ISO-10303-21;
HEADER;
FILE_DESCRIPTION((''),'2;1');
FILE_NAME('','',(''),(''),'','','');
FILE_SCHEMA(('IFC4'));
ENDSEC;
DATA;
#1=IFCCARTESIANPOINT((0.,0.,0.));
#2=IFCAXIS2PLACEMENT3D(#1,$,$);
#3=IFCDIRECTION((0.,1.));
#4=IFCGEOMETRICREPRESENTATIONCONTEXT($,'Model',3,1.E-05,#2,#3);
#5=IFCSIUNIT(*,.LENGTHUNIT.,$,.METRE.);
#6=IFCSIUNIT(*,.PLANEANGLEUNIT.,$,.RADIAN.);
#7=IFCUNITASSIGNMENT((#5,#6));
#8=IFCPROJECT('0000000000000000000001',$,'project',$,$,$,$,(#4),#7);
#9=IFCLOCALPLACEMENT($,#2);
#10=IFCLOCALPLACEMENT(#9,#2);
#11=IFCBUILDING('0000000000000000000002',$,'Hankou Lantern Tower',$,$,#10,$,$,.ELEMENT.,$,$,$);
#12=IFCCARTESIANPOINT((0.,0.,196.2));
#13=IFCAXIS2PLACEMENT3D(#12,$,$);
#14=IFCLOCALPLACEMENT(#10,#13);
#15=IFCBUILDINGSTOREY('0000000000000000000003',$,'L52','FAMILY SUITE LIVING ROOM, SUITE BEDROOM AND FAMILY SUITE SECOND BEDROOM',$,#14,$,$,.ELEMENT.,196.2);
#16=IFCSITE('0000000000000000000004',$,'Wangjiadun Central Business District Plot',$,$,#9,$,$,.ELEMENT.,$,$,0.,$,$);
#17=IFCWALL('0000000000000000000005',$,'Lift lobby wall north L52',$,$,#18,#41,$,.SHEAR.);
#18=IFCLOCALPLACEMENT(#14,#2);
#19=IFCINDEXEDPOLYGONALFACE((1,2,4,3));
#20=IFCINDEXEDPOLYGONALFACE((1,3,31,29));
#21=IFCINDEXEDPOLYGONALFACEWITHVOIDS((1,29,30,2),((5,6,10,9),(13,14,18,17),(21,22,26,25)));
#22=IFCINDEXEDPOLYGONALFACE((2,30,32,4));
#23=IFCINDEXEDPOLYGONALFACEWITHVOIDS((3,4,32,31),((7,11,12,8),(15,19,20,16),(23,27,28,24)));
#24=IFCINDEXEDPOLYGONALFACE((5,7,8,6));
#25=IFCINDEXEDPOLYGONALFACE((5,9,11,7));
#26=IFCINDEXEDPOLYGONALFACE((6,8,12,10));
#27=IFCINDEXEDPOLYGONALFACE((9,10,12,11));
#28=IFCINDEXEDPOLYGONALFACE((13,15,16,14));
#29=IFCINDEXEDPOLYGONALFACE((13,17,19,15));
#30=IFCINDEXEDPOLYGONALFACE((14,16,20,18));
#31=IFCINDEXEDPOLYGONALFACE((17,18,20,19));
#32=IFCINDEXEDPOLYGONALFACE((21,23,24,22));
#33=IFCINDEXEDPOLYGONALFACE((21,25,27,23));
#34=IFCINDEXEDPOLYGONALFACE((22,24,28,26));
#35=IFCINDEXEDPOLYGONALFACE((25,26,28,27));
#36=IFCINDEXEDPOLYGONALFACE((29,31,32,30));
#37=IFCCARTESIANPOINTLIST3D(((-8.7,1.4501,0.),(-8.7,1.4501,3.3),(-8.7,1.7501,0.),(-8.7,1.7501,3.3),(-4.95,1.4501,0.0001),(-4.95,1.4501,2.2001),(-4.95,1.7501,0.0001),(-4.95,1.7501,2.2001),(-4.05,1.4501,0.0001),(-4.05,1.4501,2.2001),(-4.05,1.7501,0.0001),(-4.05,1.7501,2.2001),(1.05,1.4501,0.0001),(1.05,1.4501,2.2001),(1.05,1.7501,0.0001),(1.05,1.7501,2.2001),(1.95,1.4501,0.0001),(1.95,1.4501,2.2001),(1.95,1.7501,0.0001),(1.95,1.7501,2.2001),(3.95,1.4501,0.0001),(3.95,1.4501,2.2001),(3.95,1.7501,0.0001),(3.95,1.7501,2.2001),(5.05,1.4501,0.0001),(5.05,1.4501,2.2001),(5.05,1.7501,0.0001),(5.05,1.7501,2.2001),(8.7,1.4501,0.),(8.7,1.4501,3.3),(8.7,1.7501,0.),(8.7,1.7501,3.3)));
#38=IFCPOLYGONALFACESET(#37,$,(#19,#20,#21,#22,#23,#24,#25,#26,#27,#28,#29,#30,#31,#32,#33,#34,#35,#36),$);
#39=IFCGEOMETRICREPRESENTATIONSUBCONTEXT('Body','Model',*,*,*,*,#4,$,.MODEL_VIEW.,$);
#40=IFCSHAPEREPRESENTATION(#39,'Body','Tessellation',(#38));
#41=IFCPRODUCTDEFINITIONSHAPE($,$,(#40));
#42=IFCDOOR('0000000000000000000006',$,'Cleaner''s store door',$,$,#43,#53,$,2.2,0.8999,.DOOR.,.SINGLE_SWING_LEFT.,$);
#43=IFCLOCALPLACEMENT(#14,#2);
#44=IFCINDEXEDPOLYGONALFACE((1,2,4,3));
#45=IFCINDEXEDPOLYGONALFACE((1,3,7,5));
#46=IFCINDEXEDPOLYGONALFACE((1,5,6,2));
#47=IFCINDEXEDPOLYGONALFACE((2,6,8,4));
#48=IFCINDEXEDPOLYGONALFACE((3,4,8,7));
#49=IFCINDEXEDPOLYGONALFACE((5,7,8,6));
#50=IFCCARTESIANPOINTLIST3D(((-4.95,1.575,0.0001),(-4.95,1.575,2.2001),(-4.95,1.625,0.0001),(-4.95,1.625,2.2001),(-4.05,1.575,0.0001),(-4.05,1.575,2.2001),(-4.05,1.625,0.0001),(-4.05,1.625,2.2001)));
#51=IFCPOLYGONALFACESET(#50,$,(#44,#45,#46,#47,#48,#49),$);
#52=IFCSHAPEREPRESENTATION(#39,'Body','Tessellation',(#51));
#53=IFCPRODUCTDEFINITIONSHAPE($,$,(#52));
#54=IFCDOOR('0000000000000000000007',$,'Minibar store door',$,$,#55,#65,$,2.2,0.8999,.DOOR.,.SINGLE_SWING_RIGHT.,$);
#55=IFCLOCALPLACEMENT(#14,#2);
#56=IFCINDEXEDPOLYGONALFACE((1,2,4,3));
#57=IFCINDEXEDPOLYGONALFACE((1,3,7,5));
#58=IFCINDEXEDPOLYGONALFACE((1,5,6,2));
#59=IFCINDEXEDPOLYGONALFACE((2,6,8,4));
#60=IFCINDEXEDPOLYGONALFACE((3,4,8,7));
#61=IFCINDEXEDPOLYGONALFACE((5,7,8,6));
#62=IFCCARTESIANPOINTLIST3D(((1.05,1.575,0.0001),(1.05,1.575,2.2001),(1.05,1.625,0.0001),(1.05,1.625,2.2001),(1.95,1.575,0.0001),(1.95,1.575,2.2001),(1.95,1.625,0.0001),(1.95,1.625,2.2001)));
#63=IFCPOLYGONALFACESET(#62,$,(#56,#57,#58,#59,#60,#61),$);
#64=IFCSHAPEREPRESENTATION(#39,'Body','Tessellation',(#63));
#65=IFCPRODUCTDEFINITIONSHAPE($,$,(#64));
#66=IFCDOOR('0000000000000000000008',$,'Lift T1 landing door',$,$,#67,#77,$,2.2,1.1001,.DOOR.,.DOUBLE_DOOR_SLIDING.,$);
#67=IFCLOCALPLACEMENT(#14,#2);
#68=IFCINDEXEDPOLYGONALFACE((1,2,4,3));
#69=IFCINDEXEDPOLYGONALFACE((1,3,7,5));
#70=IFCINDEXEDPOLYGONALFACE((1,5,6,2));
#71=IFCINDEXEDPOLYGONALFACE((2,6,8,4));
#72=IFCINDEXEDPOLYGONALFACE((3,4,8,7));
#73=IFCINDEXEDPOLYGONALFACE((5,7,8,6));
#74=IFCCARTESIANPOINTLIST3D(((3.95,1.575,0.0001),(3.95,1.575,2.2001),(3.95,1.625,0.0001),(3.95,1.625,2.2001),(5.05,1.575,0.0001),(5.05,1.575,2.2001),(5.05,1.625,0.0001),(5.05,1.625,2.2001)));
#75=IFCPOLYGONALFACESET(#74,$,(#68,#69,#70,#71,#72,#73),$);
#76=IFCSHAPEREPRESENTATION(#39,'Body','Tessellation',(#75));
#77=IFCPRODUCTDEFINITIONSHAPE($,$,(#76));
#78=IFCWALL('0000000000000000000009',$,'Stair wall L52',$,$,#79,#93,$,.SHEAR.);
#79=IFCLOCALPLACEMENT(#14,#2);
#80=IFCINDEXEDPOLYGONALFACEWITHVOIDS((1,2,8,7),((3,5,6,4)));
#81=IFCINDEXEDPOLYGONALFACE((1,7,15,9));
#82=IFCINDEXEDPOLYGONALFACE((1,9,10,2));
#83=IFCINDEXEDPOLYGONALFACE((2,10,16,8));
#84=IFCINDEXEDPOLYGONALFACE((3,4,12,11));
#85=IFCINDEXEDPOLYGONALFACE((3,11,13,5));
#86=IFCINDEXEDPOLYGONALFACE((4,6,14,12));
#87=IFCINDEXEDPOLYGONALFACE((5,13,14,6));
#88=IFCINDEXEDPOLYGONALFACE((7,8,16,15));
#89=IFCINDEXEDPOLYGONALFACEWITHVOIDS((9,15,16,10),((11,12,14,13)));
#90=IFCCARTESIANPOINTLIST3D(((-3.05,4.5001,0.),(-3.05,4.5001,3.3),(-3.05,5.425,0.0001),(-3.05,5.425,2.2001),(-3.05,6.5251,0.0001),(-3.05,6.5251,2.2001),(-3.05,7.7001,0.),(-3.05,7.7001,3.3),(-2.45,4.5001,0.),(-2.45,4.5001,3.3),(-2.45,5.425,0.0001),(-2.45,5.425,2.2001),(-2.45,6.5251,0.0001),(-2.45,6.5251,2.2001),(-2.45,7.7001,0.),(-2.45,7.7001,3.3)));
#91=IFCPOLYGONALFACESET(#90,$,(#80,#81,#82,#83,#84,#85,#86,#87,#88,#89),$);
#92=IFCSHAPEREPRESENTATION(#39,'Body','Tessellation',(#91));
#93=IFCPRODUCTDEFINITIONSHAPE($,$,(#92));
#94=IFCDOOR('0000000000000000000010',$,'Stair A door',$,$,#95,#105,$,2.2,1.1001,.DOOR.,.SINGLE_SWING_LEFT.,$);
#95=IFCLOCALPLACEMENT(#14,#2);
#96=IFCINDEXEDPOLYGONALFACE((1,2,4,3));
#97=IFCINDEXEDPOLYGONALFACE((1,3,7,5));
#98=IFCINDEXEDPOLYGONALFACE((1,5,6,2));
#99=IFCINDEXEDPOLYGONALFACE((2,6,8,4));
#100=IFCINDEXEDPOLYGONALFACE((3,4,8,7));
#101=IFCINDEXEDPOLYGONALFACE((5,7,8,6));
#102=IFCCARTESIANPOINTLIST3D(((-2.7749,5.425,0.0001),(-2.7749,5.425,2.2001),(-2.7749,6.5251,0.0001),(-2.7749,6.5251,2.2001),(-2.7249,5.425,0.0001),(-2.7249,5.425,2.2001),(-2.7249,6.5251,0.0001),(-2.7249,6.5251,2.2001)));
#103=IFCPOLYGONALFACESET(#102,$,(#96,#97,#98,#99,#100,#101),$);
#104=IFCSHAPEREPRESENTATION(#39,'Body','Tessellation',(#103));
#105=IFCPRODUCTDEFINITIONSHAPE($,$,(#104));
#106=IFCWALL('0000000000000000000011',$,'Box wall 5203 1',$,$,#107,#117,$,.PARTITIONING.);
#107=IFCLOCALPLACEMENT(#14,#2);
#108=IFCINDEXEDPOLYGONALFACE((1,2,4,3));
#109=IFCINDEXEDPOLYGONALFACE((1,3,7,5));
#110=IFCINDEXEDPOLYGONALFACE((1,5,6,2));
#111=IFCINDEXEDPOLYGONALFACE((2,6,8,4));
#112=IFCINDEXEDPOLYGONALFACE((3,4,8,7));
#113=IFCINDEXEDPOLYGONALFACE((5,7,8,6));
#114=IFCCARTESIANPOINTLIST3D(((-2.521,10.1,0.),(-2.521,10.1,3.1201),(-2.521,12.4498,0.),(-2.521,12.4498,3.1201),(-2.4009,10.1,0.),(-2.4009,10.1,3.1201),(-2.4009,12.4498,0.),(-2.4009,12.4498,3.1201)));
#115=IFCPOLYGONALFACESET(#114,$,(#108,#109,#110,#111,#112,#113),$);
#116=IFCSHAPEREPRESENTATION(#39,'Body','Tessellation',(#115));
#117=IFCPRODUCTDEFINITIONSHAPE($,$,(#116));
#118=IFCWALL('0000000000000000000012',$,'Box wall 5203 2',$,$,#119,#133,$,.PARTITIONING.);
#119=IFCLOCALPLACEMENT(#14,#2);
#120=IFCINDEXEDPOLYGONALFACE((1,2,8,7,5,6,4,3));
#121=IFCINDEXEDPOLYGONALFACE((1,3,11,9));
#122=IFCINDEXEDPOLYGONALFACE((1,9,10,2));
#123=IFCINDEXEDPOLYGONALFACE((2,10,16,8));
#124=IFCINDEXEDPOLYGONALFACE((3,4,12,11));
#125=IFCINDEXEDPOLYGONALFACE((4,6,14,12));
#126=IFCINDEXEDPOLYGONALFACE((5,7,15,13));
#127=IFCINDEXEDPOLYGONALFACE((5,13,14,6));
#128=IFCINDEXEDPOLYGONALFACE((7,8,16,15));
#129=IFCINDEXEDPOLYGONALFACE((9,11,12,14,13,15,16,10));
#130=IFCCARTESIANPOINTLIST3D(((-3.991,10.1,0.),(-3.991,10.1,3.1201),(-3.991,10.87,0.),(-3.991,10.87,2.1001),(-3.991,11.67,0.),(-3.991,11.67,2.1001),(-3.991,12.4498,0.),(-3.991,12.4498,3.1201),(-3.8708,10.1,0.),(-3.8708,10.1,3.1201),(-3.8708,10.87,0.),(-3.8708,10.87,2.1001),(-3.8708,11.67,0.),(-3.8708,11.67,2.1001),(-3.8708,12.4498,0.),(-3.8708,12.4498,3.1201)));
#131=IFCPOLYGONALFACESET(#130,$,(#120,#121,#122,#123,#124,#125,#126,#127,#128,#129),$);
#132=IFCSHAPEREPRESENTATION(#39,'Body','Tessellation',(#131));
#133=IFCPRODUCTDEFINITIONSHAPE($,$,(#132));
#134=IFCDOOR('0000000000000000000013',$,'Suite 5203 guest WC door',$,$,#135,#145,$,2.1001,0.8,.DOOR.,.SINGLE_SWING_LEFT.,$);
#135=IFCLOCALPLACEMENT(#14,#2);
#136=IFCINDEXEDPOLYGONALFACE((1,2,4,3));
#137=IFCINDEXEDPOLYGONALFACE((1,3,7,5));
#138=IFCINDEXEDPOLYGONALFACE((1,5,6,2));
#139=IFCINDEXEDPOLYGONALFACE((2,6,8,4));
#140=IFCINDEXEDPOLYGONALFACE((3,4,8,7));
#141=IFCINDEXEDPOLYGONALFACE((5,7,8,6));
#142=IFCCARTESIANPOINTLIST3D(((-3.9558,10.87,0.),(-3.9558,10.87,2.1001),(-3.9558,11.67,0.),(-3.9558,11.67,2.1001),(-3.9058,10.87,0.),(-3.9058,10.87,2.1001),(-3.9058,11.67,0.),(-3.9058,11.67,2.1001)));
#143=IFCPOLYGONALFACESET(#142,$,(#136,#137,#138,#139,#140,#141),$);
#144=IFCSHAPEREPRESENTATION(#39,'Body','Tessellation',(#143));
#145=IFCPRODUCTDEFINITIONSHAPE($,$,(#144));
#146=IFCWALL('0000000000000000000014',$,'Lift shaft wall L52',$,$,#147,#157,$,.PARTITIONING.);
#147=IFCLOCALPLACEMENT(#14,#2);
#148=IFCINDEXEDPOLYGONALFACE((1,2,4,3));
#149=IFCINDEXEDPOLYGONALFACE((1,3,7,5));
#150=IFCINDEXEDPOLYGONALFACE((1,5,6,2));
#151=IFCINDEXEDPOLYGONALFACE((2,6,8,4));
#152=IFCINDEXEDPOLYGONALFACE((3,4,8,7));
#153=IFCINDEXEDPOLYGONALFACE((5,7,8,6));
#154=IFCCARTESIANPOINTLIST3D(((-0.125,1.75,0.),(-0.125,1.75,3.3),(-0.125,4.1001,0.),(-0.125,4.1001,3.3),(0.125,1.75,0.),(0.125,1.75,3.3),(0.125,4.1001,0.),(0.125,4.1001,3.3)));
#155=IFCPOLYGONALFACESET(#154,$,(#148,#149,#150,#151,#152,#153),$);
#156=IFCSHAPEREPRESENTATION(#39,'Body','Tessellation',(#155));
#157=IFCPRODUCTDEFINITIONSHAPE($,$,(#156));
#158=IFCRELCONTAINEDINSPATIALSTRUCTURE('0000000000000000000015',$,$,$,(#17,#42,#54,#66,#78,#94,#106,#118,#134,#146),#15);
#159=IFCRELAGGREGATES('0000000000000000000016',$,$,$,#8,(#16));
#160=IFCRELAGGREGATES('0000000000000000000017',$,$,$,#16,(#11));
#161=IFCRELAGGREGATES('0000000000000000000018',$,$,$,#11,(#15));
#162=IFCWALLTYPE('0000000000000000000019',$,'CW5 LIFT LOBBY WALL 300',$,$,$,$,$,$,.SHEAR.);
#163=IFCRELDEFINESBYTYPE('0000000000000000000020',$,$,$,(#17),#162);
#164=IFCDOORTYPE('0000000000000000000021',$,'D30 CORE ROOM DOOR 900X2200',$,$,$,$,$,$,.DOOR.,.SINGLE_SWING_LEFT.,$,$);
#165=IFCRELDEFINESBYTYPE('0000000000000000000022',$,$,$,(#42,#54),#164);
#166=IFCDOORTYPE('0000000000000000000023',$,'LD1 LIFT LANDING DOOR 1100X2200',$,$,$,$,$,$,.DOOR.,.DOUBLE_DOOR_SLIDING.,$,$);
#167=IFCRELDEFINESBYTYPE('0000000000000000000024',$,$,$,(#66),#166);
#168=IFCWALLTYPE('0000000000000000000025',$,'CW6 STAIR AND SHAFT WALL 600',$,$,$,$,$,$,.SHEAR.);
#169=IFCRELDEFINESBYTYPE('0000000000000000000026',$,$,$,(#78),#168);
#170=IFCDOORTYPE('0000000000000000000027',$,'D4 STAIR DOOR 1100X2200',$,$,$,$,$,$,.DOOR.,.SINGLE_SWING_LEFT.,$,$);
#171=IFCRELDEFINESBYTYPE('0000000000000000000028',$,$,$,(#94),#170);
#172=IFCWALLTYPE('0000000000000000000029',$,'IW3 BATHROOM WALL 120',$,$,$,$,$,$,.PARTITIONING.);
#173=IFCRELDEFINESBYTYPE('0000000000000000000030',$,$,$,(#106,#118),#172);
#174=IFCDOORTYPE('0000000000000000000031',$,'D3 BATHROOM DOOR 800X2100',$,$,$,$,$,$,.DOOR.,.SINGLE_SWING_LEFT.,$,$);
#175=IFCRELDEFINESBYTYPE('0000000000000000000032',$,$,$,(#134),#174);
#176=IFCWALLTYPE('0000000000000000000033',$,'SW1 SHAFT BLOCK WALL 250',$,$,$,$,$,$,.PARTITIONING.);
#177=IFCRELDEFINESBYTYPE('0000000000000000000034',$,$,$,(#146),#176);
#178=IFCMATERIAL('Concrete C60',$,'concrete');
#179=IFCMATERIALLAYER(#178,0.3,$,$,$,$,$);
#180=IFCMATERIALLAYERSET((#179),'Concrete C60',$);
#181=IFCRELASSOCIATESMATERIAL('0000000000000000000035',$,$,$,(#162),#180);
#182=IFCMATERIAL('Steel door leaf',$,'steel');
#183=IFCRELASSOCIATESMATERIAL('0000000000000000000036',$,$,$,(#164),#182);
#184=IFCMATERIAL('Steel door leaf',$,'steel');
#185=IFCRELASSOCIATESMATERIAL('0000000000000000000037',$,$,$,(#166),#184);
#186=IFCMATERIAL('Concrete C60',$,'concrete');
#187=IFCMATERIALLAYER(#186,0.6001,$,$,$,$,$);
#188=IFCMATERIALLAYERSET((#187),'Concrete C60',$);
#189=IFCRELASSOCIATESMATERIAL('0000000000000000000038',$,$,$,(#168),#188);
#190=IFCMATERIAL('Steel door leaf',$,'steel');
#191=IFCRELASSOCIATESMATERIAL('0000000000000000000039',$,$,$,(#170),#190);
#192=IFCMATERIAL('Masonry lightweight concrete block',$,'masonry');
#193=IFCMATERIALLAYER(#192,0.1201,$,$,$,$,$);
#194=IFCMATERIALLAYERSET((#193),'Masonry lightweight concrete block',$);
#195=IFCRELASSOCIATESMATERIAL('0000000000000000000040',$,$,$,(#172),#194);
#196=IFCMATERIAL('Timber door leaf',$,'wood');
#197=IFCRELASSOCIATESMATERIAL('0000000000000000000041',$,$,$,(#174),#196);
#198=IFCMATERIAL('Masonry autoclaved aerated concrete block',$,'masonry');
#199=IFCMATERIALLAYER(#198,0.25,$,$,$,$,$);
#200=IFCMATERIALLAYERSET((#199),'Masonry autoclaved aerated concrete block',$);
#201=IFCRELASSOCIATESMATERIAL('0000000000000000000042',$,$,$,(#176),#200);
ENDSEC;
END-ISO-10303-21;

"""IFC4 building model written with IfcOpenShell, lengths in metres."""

from ifc_helpers import new_model, si_unit, direction, frame, frame_2d, origin, place, context, subcontext, project, spatial, rectangle, extrude, material, layer, layer_set, type_object, element, fill, save


model = new_model("IFC4")

# Units and contexts
model_context = context("Model", 3, precision=1e-05, world=origin(), true_north=direction((0.0, 1.0)))
body_context = subcontext(model_context, "Body", "Model", "MODEL_VIEW")
ifc_project = project(units=[si_unit("LENGTHUNIT", "METRE"), si_unit("PLANEANGLEUNIT", "RADIAN")], contexts=[model_context])

# Site, building, storey
site_placement = place(None, origin())
site = spatial("IfcSite", under=ifc_project, at=site_placement, Name="Wangjiadun Central Business District Plot", CompositionType="ELEMENT", RefElevation=0.0)
building_placement = place(site_placement, origin())
building = spatial("IfcBuilding", under=site, at=building_placement, Name="Hankou Lantern Tower", CompositionType="ELEMENT")
storey_placement = place(building_placement, frame((0.0, 0.0, 196.2)))
storey = spatial("IfcBuildingStorey", under=building, at=storey_placement, Name="L52", Description="FAMILY SUITE LIVING ROOM, SUITE BEDROOM AND FAMILY SUITE SECOND BEDROOM", CompositionType="ELEMENT", Elevation=196.2)

# Wall, openings, doors
ifc_material_1 = material(Name="Concrete C60", Category="concrete")
ifc_layer_1 = layer(ifc_material_1, 0.3)
ifc_layer_set_1 = layer_set([ifc_layer_1], Name="Concrete C60")
wall_type_1 = type_object("IfcWallType", Name="CW5 LIFT LOBBY WALL 300", PredefinedType="SHEAR", material=ifc_layer_set_1)
wall_1_placement = place(storey_placement, frame((-8.7, 1.6001, 0.0), z_axis=(0.0, 0.0, 1.0), x_axis=(1.0, 0.0, 0.0)))
wall_1 = element("IfcWall", 1, at=wall_1_placement, inside=storey, type_object=wall_type_1, Name="Lift lobby wall north L52", PredefinedType="SHEAR", context=body_context, shape_type="SweptSolid", body=[
    extrude(rectangle(XDim=17.3999, YDim=0.3, at=frame_2d((8.7, 0.0))), origin(), (0.0, 0.0, 1.0), 3.3),
])
opening_1_placement = place(wall_1_placement, frame((12.6499, 0.0, 0.0)))
opening_1 = element("IfcOpeningElement", 2, at=opening_1_placement, cuts=wall_1, PredefinedType="OPENING", context=body_context, shape_type="SweptSolid", body=[
    extrude(rectangle(XDim=1.1001, YDim=2.2, at=frame_2d((0.55, 1.1001))), frame((0.0, 0.1599, 0.0), z_axis=(0.0, -1.0, 0.0), x_axis=(1.0, 0.0, 0.0)), (0.0, 0.0, 1.0), 0.3201),
])
opening_2_placement = place(wall_1_placement, frame((3.75, 0.0, 0.0)))
opening_2 = element("IfcOpeningElement", 3, at=opening_2_placement, cuts=wall_1, PredefinedType="OPENING", context=body_context, shape_type="SweptSolid", body=[
    extrude(rectangle(XDim=0.8999, YDim=2.2, at=frame_2d((0.45, 1.1001))), frame((0.0, 0.1599, 0.0), z_axis=(0.0, -1.0, 0.0), x_axis=(1.0, 0.0, 0.0)), (0.0, 0.0, 1.0), 0.3201),
])
opening_3_placement = place(wall_1_placement, frame((9.75, 0.0, 0.0)))
opening_3 = element("IfcOpeningElement", 4, at=opening_3_placement, cuts=wall_1, PredefinedType="OPENING", context=body_context, shape_type="SweptSolid", body=[
    extrude(rectangle(XDim=0.8999, YDim=2.2, at=frame_2d((0.45, 1.1001))), frame((0.0, 0.1599, 0.0), z_axis=(0.0, -1.0, 0.0), x_axis=(1.0, 0.0, 0.0)), (0.0, 0.0, 1.0), 0.3201),
])
ifc_material_2 = material(Name="Steel door leaf", Category="steel")
door_type_1 = type_object("IfcDoorType", Name="D30 CORE ROOM DOOR 900X2200", OperationType="SINGLE_SWING_LEFT", PredefinedType="DOOR", material=ifc_material_2)
door_1_placement = place(opening_2_placement, origin())
door_1 = element("IfcDoor", 5, at=door_1_placement, inside=storey, type_object=door_type_1, Name="Cleaner's store door", OperationType="SINGLE_SWING_LEFT", OverallHeight=2.2, OverallWidth=0.8999, PredefinedType="DOOR", context=body_context, shape_type="SweptSolid", body=[
    extrude(rectangle(XDim=0.8999, YDim=2.2, at=frame_2d((0.45, 1.1001))), frame((0.0, 0.0249, 0.0), z_axis=(0.0, -1.0, 0.0), x_axis=(1.0, 0.0, 0.0)), (0.0, 0.0, 1.0), 0.05),
])
fill(opening_2, door_1)
door_2_placement = place(opening_3_placement, origin())
door_2 = element("IfcDoor", 6, at=door_2_placement, inside=storey, type_object=door_type_1, Name="Minibar store door", OperationType="SINGLE_SWING_RIGHT", OverallHeight=2.2, OverallWidth=0.8999, PredefinedType="DOOR", context=body_context, shape_type="SweptSolid", body=[
    extrude(rectangle(XDim=0.8999, YDim=2.2, at=frame_2d((0.45, 1.1001))), frame((0.0, 0.0249, 0.0), z_axis=(0.0, -1.0, 0.0), x_axis=(1.0, 0.0, 0.0)), (0.0, 0.0, 1.0), 0.05),
])
fill(opening_3, door_2)
ifc_material_3 = material(Name="Steel door leaf", Category="steel")
door_type_2 = type_object("IfcDoorType", Name="LD1 LIFT LANDING DOOR 1100X2200", OperationType="DOUBLE_DOOR_SLIDING", PredefinedType="DOOR", material=ifc_material_3)
door_3_placement = place(opening_1_placement, origin())
door_3 = element("IfcDoor", 7, at=door_3_placement, inside=storey, type_object=door_type_2, Name="Lift T1 landing door", OperationType="DOUBLE_DOOR_SLIDING", OverallHeight=2.2, OverallWidth=1.1001, PredefinedType="DOOR", context=body_context, shape_type="SweptSolid", body=[
    extrude(rectangle(XDim=1.1001, YDim=2.2, at=frame_2d((0.55, 1.1001))), frame((0.0, 0.0249, 0.0), z_axis=(0.0, -1.0, 0.0), x_axis=(1.0, 0.0, 0.0)), (0.0, 0.0, 1.0), 0.05),
])
fill(opening_1, door_3)

# Wall, opening, door
ifc_material_4 = material(Name="Concrete C60", Category="concrete")
ifc_layer_2 = layer(ifc_material_4, 0.6001)
ifc_layer_set_2 = layer_set([ifc_layer_2], Name="Concrete C60")
wall_type_2 = type_object("IfcWallType", Name="CW6 STAIR AND SHAFT WALL 600", PredefinedType="SHEAR", material=ifc_layer_set_2)
wall_2_placement = place(storey_placement, frame((-2.75, 4.5, 0.0), z_axis=(0.0, 0.0, 1.0), x_axis=(0.0, 1.0, 0.0)))
wall_2 = element("IfcWall", 8, at=wall_2_placement, inside=storey, type_object=wall_type_2, Name="Stair wall L52", PredefinedType="SHEAR", context=body_context, shape_type="SweptSolid", body=[
    extrude(rectangle(XDim=3.2, YDim=0.6001, at=frame_2d((1.6001, 0.0))), origin(), (0.0, 0.0, 1.0), 3.3),
])
opening_4_placement = place(wall_2_placement, frame((0.925, 0.0, 0.0)))
opening_4 = element("IfcOpeningElement", 9, at=opening_4_placement, cuts=wall_2, PredefinedType="OPENING", context=body_context, shape_type="SweptSolid", body=[
    extrude(rectangle(XDim=1.1001, YDim=2.2, at=frame_2d((0.55, 1.1001))), frame((0.0, 0.3101, 0.0), z_axis=(0.0, -1.0, 0.0), x_axis=(1.0, 0.0, 0.0)), (0.0, 0.0, 1.0), 0.6201),
])
ifc_material_5 = material(Name="Steel door leaf", Category="steel")
door_type_3 = type_object("IfcDoorType", Name="D4 STAIR DOOR 1100X2200", OperationType="SINGLE_SWING_LEFT", PredefinedType="DOOR", material=ifc_material_5)
door_4_placement = place(opening_4_placement, origin())
door_4 = element("IfcDoor", 10, at=door_4_placement, inside=storey, type_object=door_type_3, Name="Stair A door", OperationType="SINGLE_SWING_LEFT", OverallHeight=2.2, OverallWidth=1.1001, PredefinedType="DOOR", context=body_context, shape_type="SweptSolid", body=[
    extrude(rectangle(XDim=1.1001, YDim=2.2, at=frame_2d((0.55, 1.1001))), frame((0.0, 0.0249, 0.0), z_axis=(0.0, -1.0, 0.0), x_axis=(1.0, 0.0, 0.0)), (0.0, 0.0, 1.0), 0.05),
])
fill(opening_4, door_4)

# Wall
ifc_material_6 = material(Name="Masonry lightweight concrete block", Category="masonry")
ifc_layer_3 = layer(ifc_material_6, 0.1201)
ifc_layer_set_3 = layer_set([ifc_layer_3], Name="Masonry lightweight concrete block")
wall_type_3 = type_object("IfcWallType", Name="IW3 BATHROOM WALL 120", PredefinedType="PARTITIONING", material=ifc_layer_set_3)
wall_3_placement = place(storey_placement, frame((-2.4609, 10.1001, 0.0), z_axis=(0.0, 0.0, 1.0), x_axis=(0.0, 1.0, 0.0)))
element("IfcWall", 11, at=wall_3_placement, inside=storey, type_object=wall_type_3, Name="Box wall 5203 1", PredefinedType="PARTITIONING", context=body_context, shape_type="SweptSolid", body=[
    extrude(rectangle(XDim=2.3499, YDim=0.1201, at=frame_2d((1.1748, 0.0))), origin(), (0.0, 0.0, 1.0), 3.1201),
])

# Wall, opening, door
wall_4_placement = place(storey_placement, frame((-3.9309, 10.1001, 0.0), z_axis=(0.0, 0.0, 1.0), x_axis=(0.0, 1.0, 0.0)))
wall_4 = element("IfcWall", 12, at=wall_4_placement, inside=storey, type_object=wall_type_3, Name="Box wall 5203 2", PredefinedType="PARTITIONING", context=body_context, shape_type="SweptSolid", body=[
    extrude(rectangle(XDim=2.3499, YDim=0.1201, at=frame_2d((1.1748, 0.0))), origin(), (0.0, 0.0, 1.0), 3.1201),
])
opening_5_placement = place(wall_4_placement, frame((0.77, 0.0, 0.0)))
opening_5 = element("IfcOpeningElement", 13, at=opening_5_placement, cuts=wall_4, PredefinedType="OPENING", context=body_context, shape_type="SweptSolid", body=[
    extrude(rectangle(XDim=0.8, YDim=2.1001, at=frame_2d((0.3999, 1.05))), frame((0.0, 0.0701, 0.0), z_axis=(0.0, -1.0, 0.0), x_axis=(1.0, 0.0, 0.0)), (0.0, 0.0, 1.0), 0.1401),
])
ifc_material_7 = material(Name="Timber door leaf", Category="wood")
door_type_4 = type_object("IfcDoorType", Name="D3 BATHROOM DOOR 800X2100", OperationType="SINGLE_SWING_LEFT", PredefinedType="DOOR", material=ifc_material_7)
door_5_placement = place(opening_5_placement, origin())
door_5 = element("IfcDoor", 14, at=door_5_placement, inside=storey, type_object=door_type_4, Name="Suite 5203 guest WC door", OperationType="SINGLE_SWING_LEFT", OverallHeight=2.1001, OverallWidth=0.8, PredefinedType="DOOR", context=body_context, shape_type="SweptSolid", body=[
    extrude(rectangle(XDim=0.8, YDim=2.1001, at=frame_2d((0.3999, 1.05))), frame((0.0, 0.0249, 0.0), z_axis=(0.0, -1.0, 0.0), x_axis=(1.0, 0.0, 0.0)), (0.0, 0.0, 1.0), 0.05),
])
fill(opening_5, door_5)

# Wall
ifc_material_8 = material(Name="Masonry autoclaved aerated concrete block", Category="masonry")
ifc_layer_4 = layer(ifc_material_8, 0.25)
ifc_layer_set_4 = layer_set([ifc_layer_4], Name="Masonry autoclaved aerated concrete block")
wall_type_4 = type_object("IfcWallType", Name="SW1 SHAFT BLOCK WALL 250", PredefinedType="PARTITIONING", material=ifc_layer_set_4)
wall_5_placement = place(storey_placement, frame((0.0, 1.75, 0.0), z_axis=(0.0, 0.0, 1.0), x_axis=(0.0, 1.0, 0.0)))
element("IfcWall", 15, at=wall_5_placement, inside=storey, type_object=wall_type_4, Name="Lift shaft wall L52", PredefinedType="PARTITIONING", context=body_context, shape_type="SweptSolid", body=[
    extrude(rectangle(XDim=2.3501, YDim=0.25, at=frame_2d((1.175, 0.0))), origin(), (0.0, 0.0, 1.0), 3.3),
])

save(model, "model.ifc")
